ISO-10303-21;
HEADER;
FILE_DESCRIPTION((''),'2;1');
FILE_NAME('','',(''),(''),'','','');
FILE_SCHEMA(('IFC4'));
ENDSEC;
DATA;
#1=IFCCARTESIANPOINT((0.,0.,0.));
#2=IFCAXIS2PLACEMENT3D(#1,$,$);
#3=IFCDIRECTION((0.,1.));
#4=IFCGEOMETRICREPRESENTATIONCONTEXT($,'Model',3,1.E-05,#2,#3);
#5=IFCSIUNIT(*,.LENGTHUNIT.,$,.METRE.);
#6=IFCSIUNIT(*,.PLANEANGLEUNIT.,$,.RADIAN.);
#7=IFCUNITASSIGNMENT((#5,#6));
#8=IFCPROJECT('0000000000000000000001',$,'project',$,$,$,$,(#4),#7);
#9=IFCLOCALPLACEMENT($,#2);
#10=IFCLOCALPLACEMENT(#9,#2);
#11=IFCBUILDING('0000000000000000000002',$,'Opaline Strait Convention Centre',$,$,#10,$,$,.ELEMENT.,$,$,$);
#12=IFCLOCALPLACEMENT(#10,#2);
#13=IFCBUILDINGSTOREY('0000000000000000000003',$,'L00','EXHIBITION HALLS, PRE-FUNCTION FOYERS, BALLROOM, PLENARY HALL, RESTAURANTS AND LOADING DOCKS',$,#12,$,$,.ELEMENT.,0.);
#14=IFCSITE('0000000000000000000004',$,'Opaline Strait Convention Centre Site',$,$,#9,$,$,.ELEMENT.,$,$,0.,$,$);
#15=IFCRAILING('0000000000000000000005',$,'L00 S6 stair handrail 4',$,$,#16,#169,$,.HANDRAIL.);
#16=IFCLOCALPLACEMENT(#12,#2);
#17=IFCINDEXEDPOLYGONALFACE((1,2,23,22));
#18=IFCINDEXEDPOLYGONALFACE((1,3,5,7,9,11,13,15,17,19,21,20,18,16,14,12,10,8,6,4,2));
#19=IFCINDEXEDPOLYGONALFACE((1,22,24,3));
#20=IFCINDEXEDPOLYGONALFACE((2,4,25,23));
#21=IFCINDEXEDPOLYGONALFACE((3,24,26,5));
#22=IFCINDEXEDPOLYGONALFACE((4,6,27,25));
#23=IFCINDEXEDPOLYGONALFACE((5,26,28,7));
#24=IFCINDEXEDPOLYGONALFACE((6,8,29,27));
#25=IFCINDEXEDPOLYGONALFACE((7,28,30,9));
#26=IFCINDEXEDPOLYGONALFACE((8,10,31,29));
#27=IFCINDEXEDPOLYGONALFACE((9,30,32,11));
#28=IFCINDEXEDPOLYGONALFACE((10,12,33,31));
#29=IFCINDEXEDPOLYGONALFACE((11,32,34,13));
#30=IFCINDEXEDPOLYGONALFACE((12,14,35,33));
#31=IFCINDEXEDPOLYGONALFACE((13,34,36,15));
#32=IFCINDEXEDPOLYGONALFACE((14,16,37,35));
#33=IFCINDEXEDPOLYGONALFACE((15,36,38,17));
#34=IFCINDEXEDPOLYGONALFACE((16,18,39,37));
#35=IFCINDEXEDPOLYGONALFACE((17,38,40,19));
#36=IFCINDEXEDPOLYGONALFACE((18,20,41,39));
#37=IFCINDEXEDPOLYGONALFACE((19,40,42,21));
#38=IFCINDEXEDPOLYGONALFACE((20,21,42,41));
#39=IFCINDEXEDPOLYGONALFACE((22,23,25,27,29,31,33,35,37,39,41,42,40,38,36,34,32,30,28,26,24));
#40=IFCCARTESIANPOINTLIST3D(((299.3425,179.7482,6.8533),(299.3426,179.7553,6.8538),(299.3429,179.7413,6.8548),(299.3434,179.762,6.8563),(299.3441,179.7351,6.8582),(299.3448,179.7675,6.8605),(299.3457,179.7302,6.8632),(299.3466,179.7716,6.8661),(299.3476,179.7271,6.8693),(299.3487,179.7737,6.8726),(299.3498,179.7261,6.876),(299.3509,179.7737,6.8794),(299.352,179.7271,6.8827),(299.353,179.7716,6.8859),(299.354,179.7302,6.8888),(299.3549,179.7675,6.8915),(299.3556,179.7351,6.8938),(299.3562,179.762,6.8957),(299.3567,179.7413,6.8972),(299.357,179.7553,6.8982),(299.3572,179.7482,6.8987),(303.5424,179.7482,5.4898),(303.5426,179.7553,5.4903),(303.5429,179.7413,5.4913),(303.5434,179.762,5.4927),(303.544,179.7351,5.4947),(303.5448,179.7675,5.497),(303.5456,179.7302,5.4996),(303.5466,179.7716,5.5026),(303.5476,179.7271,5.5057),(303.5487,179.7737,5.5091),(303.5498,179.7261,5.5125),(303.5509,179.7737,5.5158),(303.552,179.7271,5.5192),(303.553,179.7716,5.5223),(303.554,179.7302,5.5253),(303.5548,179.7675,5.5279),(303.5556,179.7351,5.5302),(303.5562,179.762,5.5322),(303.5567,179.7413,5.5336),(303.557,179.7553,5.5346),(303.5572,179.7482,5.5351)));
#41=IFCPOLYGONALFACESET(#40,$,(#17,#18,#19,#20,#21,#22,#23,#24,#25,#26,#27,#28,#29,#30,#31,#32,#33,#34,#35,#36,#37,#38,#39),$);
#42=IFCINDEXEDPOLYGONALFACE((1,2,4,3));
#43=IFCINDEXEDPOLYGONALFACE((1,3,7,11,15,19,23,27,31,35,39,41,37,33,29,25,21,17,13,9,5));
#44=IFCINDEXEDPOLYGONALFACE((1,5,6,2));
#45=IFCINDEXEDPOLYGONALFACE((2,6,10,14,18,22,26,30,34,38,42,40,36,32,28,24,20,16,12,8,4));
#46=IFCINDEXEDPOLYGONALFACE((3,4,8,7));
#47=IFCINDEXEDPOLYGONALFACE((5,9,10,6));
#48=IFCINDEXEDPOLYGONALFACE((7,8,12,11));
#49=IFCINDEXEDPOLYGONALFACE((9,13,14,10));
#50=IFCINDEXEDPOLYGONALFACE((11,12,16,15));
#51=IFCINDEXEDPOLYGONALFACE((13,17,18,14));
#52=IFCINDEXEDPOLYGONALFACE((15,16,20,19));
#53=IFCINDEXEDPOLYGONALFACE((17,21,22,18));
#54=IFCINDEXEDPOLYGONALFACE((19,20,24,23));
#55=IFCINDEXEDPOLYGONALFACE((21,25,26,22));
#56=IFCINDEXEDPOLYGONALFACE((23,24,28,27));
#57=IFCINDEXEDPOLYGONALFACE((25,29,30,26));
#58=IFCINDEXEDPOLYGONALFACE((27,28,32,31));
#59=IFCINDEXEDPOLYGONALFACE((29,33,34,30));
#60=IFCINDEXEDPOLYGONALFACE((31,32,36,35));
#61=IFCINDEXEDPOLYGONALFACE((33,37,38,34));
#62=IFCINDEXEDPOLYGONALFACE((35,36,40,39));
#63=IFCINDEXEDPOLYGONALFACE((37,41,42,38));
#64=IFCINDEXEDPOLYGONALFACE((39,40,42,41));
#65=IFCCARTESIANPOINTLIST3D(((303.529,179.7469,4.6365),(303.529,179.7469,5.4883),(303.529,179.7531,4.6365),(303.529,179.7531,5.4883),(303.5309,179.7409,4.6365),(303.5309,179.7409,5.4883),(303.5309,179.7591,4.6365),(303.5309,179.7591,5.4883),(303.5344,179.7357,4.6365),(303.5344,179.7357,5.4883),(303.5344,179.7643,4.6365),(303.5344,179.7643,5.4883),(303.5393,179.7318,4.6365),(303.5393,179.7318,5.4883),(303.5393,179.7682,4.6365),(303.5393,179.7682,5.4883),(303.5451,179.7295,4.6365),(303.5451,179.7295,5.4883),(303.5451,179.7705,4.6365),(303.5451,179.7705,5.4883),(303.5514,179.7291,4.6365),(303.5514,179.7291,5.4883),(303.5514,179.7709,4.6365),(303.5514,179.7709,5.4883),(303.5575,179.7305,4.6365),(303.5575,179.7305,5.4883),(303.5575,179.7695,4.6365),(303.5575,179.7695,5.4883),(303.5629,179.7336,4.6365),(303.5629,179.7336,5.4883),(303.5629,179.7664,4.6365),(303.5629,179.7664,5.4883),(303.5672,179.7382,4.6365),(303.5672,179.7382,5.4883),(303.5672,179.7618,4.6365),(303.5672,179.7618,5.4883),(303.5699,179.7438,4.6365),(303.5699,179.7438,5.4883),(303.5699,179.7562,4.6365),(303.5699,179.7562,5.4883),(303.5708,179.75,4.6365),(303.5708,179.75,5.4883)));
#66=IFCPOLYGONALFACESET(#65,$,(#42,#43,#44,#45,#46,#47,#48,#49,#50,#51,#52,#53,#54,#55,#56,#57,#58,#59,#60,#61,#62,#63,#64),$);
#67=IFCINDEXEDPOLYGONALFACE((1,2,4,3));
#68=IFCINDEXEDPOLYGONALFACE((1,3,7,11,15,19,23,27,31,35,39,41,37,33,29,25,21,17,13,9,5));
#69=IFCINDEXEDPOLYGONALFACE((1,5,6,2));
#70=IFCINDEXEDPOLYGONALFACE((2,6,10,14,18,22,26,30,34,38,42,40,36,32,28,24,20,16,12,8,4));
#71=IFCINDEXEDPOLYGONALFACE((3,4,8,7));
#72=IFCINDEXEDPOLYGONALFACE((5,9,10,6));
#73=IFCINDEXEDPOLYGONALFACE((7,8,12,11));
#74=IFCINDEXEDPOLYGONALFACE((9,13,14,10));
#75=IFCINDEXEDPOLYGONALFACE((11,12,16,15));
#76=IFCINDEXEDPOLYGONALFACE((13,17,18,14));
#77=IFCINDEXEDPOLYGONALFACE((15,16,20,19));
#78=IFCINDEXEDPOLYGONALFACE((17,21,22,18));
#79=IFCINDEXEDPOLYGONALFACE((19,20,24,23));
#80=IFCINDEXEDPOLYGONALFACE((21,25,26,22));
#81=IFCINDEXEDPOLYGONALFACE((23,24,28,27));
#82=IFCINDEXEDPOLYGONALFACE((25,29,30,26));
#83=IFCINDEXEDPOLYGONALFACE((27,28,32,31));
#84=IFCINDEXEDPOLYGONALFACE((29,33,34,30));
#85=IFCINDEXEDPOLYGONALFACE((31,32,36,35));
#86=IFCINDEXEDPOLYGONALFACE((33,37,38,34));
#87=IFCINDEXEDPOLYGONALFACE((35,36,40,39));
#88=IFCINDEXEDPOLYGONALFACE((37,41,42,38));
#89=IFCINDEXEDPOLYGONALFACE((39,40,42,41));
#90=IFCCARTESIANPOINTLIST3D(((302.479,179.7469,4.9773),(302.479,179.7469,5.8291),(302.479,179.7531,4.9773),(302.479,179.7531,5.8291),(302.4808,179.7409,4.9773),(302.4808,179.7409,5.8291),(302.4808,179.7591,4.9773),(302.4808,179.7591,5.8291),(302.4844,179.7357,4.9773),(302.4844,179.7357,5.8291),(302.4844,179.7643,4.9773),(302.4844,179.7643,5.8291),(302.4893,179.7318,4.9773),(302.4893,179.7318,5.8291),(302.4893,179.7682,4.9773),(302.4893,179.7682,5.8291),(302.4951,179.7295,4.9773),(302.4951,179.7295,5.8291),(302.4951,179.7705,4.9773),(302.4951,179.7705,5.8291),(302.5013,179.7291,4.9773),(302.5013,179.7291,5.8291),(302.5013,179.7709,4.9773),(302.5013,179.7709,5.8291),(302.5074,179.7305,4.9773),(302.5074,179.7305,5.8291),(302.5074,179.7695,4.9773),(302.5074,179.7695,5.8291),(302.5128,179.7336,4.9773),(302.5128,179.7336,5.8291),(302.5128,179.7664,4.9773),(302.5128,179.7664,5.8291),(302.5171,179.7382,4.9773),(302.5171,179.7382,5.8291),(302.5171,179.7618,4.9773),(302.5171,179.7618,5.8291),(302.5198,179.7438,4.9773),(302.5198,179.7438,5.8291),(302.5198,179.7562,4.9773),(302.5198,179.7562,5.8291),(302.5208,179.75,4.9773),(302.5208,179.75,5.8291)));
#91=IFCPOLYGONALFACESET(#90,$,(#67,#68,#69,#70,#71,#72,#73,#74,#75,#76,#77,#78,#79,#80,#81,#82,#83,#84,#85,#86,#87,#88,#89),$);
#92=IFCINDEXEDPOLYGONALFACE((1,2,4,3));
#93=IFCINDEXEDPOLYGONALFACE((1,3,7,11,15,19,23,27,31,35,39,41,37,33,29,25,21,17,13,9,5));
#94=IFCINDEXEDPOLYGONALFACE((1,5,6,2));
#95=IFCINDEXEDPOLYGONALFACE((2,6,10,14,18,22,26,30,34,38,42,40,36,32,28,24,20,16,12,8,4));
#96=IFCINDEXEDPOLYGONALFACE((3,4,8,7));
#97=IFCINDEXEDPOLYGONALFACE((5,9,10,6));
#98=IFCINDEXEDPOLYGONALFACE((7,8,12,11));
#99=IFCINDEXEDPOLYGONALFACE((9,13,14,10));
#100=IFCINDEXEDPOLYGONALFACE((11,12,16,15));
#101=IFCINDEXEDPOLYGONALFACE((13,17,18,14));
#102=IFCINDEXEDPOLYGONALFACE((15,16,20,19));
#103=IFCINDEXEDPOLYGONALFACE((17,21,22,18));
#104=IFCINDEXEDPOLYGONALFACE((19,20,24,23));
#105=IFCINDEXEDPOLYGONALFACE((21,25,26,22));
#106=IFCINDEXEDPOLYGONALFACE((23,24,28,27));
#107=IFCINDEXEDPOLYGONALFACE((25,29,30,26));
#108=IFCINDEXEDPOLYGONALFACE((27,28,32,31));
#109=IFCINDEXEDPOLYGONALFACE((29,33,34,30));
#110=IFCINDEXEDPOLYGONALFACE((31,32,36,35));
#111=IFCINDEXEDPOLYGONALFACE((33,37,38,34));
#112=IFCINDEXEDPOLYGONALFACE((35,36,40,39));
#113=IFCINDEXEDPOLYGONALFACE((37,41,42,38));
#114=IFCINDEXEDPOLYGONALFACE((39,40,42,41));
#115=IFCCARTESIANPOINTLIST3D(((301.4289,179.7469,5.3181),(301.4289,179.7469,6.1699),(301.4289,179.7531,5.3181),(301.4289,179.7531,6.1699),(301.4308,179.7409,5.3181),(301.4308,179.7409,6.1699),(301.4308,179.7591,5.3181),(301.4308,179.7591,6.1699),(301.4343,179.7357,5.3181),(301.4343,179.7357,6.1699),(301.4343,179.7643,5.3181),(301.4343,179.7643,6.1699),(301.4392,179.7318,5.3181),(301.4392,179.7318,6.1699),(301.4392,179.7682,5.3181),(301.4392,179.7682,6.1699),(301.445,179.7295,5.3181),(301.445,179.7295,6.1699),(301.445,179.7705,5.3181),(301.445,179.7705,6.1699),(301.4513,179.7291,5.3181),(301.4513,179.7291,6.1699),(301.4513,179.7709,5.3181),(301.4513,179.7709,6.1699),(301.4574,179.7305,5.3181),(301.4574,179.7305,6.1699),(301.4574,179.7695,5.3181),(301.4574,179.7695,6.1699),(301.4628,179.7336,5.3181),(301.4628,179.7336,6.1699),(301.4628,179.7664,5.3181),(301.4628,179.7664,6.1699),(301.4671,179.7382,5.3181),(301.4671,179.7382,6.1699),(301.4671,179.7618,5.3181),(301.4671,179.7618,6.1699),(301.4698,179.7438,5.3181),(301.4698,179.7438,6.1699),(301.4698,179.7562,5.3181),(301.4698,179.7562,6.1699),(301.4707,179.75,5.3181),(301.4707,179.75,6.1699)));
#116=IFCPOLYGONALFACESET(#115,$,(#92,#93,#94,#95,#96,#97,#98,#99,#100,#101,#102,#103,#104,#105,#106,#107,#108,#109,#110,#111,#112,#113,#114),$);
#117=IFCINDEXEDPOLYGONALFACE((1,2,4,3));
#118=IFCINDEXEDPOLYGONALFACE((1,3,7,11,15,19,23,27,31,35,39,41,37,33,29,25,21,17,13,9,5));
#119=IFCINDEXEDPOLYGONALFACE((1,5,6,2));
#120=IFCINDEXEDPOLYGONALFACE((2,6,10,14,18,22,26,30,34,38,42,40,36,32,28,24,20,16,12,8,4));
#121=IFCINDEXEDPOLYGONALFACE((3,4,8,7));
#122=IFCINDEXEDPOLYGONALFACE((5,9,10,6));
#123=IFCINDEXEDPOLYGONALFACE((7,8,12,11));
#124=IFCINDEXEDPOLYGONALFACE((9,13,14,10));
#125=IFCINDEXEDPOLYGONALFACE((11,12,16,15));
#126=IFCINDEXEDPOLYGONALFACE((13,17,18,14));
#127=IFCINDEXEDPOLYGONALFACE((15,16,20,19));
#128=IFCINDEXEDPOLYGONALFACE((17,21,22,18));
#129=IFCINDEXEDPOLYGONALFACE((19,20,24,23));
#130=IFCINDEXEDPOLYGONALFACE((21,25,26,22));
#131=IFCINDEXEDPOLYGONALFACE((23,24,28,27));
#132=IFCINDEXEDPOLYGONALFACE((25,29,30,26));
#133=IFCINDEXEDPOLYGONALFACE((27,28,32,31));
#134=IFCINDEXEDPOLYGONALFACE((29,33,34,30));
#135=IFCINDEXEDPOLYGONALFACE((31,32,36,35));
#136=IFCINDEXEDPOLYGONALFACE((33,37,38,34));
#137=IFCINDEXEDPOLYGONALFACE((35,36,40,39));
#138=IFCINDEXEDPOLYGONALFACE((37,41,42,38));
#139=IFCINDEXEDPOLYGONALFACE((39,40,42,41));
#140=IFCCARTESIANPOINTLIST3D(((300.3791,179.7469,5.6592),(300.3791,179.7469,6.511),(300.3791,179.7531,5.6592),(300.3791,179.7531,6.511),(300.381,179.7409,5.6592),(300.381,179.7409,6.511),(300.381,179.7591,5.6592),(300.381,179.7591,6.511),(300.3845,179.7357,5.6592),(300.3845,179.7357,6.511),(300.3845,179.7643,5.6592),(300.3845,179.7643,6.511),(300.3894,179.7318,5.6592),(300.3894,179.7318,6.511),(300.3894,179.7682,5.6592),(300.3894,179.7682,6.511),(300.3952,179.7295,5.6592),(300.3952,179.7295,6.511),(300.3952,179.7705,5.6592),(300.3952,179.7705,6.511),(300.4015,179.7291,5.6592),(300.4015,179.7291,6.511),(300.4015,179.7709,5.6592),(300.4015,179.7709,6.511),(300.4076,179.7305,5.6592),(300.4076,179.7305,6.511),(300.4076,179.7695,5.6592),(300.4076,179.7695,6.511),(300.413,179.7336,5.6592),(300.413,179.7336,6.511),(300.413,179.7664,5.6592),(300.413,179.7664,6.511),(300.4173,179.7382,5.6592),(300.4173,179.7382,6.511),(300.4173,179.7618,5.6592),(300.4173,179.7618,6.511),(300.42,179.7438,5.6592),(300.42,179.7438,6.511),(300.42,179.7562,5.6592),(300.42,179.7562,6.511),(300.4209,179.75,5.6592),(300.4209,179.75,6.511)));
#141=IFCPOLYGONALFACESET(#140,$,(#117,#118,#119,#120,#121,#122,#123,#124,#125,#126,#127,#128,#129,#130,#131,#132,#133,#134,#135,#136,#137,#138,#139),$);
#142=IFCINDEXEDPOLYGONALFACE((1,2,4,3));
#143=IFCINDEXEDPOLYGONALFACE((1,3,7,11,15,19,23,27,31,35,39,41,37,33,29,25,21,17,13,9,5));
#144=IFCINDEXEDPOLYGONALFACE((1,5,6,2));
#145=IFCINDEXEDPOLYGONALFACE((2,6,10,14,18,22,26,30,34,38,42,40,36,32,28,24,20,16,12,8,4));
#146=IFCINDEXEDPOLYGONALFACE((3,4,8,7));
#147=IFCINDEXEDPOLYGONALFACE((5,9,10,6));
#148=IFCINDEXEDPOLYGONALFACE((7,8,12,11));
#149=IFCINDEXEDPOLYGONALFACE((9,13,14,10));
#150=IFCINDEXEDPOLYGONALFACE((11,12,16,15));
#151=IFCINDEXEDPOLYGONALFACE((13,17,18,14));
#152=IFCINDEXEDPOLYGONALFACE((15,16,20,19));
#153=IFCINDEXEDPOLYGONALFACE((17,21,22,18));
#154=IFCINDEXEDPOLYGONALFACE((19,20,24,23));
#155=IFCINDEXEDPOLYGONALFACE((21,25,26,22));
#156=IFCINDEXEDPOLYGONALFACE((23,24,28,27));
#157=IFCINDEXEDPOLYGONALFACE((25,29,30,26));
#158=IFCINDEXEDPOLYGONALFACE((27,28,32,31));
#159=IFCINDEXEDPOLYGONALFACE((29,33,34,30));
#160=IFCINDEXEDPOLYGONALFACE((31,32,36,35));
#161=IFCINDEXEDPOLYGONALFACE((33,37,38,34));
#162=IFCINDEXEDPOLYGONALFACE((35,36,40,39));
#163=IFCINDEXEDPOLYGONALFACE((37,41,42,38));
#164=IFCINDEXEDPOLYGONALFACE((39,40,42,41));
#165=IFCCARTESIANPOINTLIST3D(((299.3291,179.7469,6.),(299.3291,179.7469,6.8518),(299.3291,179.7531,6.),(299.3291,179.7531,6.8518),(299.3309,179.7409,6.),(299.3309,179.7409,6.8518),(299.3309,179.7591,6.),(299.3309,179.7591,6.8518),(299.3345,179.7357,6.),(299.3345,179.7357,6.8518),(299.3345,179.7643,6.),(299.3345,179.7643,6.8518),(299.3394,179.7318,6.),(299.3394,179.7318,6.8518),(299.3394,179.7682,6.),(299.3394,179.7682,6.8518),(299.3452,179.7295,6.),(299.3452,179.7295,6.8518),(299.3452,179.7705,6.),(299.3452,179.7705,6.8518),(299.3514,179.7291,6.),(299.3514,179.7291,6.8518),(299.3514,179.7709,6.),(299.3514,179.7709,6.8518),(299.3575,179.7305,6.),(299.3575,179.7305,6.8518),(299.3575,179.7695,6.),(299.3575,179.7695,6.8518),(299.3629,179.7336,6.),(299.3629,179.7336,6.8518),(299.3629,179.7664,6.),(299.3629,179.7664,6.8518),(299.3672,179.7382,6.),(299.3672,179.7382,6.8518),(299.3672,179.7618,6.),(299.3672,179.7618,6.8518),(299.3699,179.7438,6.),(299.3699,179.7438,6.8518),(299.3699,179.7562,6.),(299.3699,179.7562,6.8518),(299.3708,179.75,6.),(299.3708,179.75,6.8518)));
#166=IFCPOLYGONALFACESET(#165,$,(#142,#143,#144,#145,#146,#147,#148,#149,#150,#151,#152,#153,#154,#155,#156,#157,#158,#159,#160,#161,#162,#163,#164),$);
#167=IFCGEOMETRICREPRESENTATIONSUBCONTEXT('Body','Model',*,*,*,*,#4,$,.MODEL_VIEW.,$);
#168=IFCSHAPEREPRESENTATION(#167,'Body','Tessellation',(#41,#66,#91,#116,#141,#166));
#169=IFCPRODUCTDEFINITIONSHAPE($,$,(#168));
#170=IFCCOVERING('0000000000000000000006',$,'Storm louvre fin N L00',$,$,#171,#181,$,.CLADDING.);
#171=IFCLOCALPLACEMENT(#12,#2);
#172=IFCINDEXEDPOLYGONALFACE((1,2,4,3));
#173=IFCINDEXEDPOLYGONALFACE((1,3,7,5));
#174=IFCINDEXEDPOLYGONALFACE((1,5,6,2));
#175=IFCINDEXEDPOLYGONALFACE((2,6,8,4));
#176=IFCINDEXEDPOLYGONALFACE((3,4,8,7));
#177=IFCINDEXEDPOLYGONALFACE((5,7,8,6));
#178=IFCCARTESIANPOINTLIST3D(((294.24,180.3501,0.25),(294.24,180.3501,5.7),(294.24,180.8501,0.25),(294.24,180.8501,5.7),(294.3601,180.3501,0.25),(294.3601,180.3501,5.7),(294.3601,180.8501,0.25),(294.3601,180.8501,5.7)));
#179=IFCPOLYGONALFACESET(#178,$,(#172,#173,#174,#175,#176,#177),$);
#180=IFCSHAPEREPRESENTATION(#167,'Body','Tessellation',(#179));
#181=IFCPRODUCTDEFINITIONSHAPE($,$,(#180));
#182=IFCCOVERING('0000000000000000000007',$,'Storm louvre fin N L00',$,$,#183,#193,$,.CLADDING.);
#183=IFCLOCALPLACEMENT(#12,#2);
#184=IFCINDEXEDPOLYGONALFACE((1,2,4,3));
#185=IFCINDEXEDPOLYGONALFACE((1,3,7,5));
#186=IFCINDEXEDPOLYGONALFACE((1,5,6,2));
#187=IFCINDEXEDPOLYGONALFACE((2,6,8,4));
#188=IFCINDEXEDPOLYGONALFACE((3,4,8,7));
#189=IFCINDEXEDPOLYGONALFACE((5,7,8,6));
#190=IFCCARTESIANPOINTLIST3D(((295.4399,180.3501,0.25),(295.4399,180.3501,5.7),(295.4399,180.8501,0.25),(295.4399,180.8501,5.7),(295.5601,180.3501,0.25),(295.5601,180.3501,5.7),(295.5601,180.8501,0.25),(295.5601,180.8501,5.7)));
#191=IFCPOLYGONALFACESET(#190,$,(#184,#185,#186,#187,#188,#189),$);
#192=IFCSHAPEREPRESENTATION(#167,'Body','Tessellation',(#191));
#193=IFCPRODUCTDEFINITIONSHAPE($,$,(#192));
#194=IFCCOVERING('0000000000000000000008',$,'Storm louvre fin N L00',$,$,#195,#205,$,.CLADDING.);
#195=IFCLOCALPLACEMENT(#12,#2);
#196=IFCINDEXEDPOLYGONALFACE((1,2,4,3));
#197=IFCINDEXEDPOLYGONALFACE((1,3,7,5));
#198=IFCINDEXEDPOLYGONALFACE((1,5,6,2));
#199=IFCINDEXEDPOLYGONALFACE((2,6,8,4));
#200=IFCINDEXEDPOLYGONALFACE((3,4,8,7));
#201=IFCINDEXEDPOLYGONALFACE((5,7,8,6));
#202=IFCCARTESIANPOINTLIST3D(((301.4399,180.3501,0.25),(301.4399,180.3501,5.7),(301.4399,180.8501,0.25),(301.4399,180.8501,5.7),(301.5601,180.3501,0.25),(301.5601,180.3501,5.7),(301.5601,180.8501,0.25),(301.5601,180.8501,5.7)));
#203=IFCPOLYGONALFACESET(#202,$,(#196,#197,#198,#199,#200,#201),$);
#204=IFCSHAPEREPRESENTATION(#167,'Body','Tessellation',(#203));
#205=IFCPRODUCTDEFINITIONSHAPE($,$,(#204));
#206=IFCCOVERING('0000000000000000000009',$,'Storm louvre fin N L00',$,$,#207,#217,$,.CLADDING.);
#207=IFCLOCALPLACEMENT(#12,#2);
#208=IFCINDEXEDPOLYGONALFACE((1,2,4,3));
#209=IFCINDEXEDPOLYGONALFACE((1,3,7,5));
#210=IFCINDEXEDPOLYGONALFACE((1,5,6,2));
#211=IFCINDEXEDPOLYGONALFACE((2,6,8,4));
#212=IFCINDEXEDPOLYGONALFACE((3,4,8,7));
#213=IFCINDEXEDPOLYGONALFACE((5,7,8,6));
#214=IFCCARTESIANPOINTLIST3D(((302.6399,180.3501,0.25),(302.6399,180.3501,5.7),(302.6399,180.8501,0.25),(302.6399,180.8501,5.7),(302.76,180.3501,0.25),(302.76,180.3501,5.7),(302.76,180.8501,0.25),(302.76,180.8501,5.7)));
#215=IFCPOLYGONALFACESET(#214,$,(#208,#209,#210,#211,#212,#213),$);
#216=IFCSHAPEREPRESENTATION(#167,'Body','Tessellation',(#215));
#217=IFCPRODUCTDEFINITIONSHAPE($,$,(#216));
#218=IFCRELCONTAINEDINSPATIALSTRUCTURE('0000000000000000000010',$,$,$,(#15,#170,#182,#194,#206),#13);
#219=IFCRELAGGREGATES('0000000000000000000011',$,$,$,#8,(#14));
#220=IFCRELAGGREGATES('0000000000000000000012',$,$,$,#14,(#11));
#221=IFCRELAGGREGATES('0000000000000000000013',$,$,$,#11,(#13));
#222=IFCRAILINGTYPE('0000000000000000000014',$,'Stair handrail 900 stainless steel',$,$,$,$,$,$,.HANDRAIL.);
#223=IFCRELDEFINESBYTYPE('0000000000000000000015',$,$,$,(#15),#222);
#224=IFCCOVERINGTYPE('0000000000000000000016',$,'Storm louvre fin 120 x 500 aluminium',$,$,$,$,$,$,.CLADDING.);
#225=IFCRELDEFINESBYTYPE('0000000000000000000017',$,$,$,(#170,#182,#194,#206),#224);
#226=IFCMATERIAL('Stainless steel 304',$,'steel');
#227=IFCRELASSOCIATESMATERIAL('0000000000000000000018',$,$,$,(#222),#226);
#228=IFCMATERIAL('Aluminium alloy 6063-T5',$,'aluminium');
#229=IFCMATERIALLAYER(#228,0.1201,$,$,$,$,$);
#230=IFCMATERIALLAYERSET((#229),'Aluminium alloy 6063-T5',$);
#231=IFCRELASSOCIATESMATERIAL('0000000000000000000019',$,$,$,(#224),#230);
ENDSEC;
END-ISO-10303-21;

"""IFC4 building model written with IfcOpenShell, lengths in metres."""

from ifc_helpers import new_model, si_unit, direction, frame, origin, origin_2d, place, context, subcontext, project, spatial, rectangle, circle, extrude, material, layer, layer_set, type_object, element, save


model = new_model("IFC4")

# Units and contexts
model_context = context("Model", 3, precision=1e-05, world=origin(), true_north=direction((0.0, 1.0)))
body_context = subcontext(model_context, "Body", "Model", "MODEL_VIEW")
ifc_project = project(units=[si_unit("LENGTHUNIT", "METRE"), si_unit("PLANEANGLEUNIT", "RADIAN")], contexts=[model_context])

# Site, building, storey
site_placement = place(None, origin())
site = spatial("IfcSite", under=ifc_project, at=site_placement, Name="Opaline Strait Convention Centre Site", CompositionType="ELEMENT", RefElevation=0.0)
building_placement = place(site_placement, origin())
building = spatial("IfcBuilding", under=site, at=building_placement, Name="Opaline Strait Convention Centre", CompositionType="ELEMENT")
storey_placement = place(building_placement, origin())
storey = spatial("IfcBuildingStorey", under=building, at=storey_placement, Name="L00", Description="EXHIBITION HALLS, PRE-FUNCTION FOYERS, BALLROOM, PLENARY HALL, RESTAURANTS AND LOADING DOCKS", CompositionType="ELEMENT", Elevation=0.0)

# Railing
ifc_material_1 = material(Name="Stainless steel 304", Category="steel")
railing_type_1 = type_object("IfcRailingType", Name="Stair handrail 900 stainless steel", PredefinedType="HANDRAIL", material=ifc_material_1)
for number, where, name in (
    (1, (303.5498, 179.75, 4.6365), "L00 S6 stair handrail 4"),
):
    element("IfcRailing", number, at=place(storey_placement, frame(where)), inside=storey, type_object=railing_type_1, Name=name, PredefinedType="HANDRAIL", context=body_context, shape_type="SweptSolid", body=[
        extrude(circle(Radius=0.0239, at=origin_2d()), frame((0.0, 0.0, 0.876), z_axis=(-0.951131, 0.0, 0.308787), x_axis=(0.0, -1.0, 0.0)), (0.0, 0.0, 1.0), 4.4158),
        extrude(circle(Radius=0.021, at=origin_2d()), origin(), (0.0, 0.0, 1.0), 0.8518),
        extrude(circle(Radius=0.021, at=origin_2d()), frame((-1.05, 0.0, 0.3408)), (0.0, 0.0, 1.0), 0.8518),
        extrude(circle(Radius=0.021, at=origin_2d()), frame((-2.1001, 0.0, 0.6816)), (0.0, 0.0, 1.0), 0.8518),
        extrude(circle(Radius=0.021, at=origin_2d()), frame((-3.1499, 0.0, 1.0227)), (0.0, 0.0, 1.0), 0.8518),
        extrude(circle(Radius=0.021, at=origin_2d()), frame((-4.2, 0.0, 1.3635)), (0.0, 0.0, 1.0), 0.8518),
    ])

# Coverings
ifc_material_2 = material(Name="Aluminium alloy 6063-T5", Category="aluminium")
ifc_layer_1 = layer(ifc_material_2, 0.1201)
ifc_layer_set_1 = layer_set([ifc_layer_1], Name="Aluminium alloy 6063-T5")
covering_type = type_object("IfcCoveringType", Name="Storm louvre fin 120 x 500 aluminium", PredefinedType="CLADDING", material=ifc_layer_set_1)
for number, where, z_axis, x_axis, name in (
    (2, (294.3, 180.6001, 0.25), (0.0, 0.0, 1.0), (1.0, 0.0, 0.0), "Storm louvre fin N L00"),
    (3, (295.5, 180.6001, 0.25), (0.0, 0.0, 1.0), (1.0, 0.0, 0.0), "Storm louvre fin N L00"),
    (4, (301.5, 180.6001, 0.25), (0.0, 0.0, 1.0), (1.0, 0.0, 0.0), "Storm louvre fin N L00"),
    (5, (302.7, 180.6001, 0.25), (0.0, 0.0, 1.0), (1.0, 0.0, 0.0), "Storm louvre fin N L00"),
):
    element("IfcCovering", number, at=place(storey_placement, frame(where, z_axis=z_axis, x_axis=x_axis)), inside=storey, type_object=covering_type, Name=name, PredefinedType="CLADDING", context=body_context, shape_type="SweptSolid", body=[
        extrude(rectangle(XDim=0.1201, YDim=0.5, at=origin_2d()), origin(), (0.0, 0.0, 1.0), 5.45),
    ])

save(model, "model.ifc")
